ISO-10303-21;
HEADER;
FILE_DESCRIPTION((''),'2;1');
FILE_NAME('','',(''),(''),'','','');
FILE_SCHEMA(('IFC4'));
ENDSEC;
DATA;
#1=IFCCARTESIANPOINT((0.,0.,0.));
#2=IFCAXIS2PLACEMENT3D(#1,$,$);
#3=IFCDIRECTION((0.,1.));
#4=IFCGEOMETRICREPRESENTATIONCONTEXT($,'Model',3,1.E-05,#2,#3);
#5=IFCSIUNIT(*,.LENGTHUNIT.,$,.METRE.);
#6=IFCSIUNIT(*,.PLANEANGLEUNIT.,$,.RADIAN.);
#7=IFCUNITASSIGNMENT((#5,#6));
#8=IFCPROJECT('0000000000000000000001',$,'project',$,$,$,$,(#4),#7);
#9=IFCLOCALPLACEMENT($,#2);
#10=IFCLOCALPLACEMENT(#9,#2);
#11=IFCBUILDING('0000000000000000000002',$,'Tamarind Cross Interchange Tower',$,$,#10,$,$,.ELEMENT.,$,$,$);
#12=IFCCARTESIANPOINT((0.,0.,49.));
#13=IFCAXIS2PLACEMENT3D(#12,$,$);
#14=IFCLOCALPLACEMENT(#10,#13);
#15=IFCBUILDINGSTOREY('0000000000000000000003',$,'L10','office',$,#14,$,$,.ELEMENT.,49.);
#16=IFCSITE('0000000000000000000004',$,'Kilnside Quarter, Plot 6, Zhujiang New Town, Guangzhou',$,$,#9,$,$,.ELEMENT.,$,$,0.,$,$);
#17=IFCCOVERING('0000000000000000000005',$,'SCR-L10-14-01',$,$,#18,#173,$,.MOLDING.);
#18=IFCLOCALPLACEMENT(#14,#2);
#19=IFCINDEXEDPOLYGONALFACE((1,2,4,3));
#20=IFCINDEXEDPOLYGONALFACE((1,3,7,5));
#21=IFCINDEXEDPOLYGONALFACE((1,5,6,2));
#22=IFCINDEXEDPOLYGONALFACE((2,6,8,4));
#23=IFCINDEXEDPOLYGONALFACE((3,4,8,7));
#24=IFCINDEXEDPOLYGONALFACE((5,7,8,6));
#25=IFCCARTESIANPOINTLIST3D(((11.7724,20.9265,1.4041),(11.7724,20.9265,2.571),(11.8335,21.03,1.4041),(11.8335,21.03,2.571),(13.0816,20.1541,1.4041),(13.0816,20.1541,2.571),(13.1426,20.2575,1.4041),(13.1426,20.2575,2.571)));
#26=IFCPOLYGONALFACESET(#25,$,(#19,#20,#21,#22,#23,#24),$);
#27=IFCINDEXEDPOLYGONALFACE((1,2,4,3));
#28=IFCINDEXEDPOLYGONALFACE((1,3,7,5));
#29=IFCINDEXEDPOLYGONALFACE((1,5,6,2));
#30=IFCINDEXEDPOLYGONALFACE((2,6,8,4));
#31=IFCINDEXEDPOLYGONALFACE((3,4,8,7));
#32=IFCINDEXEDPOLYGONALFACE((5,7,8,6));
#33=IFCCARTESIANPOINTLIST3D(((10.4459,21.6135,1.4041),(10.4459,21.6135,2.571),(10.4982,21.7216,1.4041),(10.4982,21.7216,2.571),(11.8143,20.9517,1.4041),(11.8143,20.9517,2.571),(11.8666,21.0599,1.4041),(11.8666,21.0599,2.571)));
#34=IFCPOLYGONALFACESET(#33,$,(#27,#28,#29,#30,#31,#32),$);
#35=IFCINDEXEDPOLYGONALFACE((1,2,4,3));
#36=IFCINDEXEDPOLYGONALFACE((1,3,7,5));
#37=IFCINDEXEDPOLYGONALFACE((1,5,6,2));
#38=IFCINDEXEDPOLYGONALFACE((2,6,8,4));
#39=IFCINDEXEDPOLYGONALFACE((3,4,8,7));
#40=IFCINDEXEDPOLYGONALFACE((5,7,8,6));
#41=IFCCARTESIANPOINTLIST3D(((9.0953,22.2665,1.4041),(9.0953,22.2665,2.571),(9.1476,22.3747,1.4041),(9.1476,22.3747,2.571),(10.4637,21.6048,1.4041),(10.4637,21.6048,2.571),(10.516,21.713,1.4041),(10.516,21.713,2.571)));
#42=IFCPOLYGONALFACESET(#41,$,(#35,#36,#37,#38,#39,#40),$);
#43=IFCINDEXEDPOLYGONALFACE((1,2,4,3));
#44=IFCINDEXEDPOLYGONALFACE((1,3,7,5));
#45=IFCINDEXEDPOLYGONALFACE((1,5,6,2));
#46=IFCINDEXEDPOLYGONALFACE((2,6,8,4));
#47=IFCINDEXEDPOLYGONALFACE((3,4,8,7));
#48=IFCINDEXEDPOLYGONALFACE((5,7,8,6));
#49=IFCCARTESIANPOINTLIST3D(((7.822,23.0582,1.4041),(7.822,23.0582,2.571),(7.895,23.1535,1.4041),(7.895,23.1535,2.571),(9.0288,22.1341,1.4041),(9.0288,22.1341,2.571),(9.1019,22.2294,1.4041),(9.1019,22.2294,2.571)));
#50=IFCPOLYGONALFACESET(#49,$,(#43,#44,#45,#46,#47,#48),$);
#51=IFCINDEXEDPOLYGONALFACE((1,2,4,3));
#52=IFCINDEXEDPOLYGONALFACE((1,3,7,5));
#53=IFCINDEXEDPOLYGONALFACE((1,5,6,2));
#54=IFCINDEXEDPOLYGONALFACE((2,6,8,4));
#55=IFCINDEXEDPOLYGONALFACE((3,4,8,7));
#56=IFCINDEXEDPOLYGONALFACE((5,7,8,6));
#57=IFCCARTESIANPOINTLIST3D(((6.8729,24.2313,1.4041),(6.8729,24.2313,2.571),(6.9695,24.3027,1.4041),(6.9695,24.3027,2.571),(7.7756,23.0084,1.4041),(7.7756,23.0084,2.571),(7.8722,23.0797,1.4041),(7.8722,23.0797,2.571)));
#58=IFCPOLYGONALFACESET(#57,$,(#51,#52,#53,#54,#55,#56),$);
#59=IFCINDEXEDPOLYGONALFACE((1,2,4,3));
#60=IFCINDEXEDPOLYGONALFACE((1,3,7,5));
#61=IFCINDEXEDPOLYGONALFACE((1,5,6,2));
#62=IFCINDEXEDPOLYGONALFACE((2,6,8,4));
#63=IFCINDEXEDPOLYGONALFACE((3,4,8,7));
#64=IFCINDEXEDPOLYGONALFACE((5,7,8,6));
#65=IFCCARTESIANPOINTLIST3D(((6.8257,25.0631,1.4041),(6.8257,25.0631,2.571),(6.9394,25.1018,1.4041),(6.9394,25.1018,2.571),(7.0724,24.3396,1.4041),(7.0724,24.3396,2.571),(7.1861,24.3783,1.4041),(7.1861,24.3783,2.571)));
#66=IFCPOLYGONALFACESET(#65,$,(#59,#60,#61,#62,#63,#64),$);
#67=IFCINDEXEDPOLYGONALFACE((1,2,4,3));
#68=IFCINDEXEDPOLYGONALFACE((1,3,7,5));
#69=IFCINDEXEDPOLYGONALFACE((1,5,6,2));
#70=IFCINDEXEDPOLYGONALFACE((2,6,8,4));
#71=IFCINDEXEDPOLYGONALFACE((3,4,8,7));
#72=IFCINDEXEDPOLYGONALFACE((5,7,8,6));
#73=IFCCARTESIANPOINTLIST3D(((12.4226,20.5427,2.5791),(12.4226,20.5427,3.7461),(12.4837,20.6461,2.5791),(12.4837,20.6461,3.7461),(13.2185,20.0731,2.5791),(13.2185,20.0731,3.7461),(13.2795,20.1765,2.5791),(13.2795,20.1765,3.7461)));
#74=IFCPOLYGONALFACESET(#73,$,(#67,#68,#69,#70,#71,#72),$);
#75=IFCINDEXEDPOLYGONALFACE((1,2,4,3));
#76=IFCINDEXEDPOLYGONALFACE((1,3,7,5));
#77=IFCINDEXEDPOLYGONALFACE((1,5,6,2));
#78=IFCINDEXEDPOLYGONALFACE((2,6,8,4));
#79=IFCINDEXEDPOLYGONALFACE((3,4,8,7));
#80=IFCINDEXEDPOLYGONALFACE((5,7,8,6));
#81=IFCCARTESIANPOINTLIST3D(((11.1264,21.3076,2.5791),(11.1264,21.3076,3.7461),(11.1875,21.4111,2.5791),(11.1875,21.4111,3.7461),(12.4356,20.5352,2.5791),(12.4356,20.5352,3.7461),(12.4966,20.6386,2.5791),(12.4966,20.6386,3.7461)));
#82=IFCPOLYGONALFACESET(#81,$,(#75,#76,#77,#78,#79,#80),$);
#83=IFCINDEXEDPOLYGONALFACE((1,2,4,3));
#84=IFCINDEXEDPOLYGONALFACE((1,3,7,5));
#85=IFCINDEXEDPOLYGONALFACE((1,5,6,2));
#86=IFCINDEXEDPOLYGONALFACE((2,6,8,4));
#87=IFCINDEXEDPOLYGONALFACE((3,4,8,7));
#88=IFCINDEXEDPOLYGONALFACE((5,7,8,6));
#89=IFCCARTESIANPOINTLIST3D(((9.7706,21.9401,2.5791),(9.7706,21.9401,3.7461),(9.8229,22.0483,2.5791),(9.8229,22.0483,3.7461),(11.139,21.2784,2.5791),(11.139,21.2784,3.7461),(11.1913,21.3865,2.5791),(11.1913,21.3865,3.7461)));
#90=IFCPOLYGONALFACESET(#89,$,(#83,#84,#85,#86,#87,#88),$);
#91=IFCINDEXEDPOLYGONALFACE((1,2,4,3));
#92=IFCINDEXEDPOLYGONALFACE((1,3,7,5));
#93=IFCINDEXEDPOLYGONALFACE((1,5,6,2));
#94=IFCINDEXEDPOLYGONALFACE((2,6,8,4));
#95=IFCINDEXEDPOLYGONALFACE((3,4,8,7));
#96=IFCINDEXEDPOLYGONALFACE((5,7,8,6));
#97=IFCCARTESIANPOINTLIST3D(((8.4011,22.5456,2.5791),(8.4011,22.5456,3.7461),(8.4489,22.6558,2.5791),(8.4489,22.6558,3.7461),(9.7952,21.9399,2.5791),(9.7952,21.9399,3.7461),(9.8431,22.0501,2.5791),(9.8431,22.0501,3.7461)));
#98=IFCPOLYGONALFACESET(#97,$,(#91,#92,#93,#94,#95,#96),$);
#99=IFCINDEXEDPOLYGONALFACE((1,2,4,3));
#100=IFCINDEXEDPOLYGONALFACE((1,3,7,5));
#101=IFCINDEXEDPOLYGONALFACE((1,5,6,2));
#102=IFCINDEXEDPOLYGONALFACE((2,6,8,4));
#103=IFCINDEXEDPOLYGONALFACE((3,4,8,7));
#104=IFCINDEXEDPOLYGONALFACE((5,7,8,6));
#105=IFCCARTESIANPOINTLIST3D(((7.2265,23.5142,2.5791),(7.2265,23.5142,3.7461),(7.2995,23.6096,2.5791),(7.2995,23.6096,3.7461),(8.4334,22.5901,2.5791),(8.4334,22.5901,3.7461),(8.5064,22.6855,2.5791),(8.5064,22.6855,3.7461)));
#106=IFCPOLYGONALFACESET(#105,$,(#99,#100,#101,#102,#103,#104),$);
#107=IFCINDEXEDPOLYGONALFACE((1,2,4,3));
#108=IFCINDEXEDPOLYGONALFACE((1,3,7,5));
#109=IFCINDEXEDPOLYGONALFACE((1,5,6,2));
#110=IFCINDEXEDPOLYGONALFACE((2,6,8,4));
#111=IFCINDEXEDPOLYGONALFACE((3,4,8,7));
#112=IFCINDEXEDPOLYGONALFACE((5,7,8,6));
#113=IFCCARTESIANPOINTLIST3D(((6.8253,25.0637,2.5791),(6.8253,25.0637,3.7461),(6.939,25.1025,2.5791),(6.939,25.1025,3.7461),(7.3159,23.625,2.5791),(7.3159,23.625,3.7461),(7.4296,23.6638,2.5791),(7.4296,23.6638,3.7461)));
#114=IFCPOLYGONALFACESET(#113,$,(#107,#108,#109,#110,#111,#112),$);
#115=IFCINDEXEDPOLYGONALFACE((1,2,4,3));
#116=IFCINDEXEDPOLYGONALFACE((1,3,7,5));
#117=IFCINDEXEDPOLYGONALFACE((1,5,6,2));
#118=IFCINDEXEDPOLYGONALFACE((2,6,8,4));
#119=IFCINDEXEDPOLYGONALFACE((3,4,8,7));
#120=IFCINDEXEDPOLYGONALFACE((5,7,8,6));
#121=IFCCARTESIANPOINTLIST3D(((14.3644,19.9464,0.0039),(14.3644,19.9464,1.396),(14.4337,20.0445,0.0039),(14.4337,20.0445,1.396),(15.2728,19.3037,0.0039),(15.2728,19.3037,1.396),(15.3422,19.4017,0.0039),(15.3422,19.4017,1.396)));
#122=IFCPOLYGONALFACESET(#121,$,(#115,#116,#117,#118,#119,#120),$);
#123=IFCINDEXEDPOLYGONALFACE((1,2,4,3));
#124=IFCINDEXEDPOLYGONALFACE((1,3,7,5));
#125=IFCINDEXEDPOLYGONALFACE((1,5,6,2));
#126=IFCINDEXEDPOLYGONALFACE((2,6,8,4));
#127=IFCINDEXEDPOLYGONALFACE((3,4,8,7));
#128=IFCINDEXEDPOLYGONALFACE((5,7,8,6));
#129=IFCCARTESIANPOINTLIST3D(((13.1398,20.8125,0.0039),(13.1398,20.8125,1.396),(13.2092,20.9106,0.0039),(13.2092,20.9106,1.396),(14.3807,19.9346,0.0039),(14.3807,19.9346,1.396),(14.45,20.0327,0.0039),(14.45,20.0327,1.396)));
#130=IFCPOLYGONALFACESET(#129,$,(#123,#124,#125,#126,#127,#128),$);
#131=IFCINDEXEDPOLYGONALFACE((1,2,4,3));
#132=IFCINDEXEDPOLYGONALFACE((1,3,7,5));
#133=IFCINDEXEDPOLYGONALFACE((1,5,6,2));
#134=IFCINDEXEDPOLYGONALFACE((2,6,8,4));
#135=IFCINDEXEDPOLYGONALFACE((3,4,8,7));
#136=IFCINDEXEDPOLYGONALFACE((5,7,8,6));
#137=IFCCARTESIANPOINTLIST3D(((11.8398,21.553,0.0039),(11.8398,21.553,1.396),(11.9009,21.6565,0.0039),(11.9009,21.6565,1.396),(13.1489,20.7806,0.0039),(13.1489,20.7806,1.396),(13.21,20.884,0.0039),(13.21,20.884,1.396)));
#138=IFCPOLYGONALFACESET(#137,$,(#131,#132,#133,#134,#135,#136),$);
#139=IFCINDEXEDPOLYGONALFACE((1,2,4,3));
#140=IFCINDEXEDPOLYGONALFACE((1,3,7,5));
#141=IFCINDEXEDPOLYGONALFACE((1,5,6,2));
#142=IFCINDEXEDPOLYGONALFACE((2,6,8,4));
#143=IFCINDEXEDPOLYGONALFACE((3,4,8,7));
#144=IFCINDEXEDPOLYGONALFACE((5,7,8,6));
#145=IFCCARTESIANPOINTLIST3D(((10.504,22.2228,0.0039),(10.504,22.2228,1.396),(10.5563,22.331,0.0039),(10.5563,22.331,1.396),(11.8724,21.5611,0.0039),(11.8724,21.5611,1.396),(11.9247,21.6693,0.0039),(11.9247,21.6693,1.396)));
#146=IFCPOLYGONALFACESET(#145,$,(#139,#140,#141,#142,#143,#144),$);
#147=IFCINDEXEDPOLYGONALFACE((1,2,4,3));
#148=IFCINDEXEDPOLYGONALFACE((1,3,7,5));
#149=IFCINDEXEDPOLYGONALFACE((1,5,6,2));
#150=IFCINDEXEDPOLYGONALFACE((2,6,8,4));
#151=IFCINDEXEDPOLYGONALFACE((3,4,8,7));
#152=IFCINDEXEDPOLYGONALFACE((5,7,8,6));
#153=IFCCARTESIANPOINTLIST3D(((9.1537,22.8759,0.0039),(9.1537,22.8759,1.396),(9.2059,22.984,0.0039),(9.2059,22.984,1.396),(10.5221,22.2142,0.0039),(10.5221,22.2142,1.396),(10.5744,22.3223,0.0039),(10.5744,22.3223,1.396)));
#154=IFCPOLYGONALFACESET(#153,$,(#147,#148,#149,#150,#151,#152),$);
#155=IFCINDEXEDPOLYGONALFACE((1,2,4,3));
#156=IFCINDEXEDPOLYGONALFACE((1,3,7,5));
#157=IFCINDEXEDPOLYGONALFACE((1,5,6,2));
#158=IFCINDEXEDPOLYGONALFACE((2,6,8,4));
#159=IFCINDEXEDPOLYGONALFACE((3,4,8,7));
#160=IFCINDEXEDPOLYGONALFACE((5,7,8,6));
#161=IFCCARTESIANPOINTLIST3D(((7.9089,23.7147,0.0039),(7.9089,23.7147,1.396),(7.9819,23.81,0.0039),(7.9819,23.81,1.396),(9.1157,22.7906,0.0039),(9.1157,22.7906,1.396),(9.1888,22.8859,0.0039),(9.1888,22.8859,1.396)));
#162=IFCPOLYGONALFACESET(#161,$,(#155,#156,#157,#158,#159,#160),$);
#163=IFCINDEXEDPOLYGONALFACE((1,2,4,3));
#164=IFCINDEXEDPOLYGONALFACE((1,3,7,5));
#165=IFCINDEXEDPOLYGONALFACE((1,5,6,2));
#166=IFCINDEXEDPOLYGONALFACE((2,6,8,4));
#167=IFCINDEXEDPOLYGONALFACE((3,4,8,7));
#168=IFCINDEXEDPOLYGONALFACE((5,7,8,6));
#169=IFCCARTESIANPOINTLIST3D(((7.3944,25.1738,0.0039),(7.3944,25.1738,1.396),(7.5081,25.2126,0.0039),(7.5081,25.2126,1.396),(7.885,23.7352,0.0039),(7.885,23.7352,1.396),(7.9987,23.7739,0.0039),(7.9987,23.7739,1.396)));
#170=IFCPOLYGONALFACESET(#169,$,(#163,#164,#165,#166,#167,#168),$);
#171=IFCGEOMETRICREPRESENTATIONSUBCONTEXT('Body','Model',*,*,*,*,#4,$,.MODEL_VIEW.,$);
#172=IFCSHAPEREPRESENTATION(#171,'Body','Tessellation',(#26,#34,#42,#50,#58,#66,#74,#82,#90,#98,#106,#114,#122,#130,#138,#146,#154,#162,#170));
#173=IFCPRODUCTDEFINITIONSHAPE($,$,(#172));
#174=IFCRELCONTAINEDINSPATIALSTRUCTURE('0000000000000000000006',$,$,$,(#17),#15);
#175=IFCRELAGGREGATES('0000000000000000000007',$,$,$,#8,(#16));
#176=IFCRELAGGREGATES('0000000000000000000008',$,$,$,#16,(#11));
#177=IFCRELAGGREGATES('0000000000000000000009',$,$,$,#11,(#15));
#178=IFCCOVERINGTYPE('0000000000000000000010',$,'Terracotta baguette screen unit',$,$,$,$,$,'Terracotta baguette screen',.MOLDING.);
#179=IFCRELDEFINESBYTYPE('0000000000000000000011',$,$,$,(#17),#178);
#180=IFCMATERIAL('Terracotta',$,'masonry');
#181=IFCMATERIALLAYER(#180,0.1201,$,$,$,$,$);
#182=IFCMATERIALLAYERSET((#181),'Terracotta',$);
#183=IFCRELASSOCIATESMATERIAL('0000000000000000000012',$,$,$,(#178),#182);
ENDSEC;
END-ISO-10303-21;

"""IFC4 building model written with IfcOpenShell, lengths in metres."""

from ifc_helpers import new_model, si_unit, direction, frame, origin, origin_2d, place, context, subcontext, project, spatial, rectangle, extrude, material, layer, layer_set, type_object, element, save


model = new_model("IFC4")

# Units and contexts
model_context = context("Model", 3, precision=1e-05, world=origin(), true_north=direction((0.0, 1.0)))
body_context = subcontext(model_context, "Body", "Model", "MODEL_VIEW")
ifc_project = project(units=[si_unit("LENGTHUNIT", "METRE"), si_unit("PLANEANGLEUNIT", "RADIAN")], contexts=[model_context])

# Site, building, storey
site_placement = place(None, origin())
site = spatial("IfcSite", under=ifc_project, at=site_placement, Name="Kilnside Quarter, Plot 6, Zhujiang New Town, Guangzhou", CompositionType="ELEMENT", RefElevation=0.0)
building_placement = place(site_placement, origin())
building = spatial("IfcBuilding", under=site, at=building_placement, Name="Tamarind Cross Interchange Tower", CompositionType="ELEMENT")
storey_placement = place(building_placement, frame((0.0, 0.0, 49.0)))
storey = spatial("IfcBuildingStorey", under=building, at=storey_placement, Name="L10", Description="office", CompositionType="ELEMENT", Elevation=49.0)

# Covering
ifc_material_1 = material(Name="Terracotta", Category="masonry")
ifc_layer_1 = layer(ifc_material_1, 0.1201)
ifc_layer_set_1 = layer_set([ifc_layer_1], Name="Terracotta")
covering_type = type_object("IfcCoveringType", Name="Terracotta baguette screen unit", ElementType="Terracotta baguette screen", PredefinedType="MOLDING", material=ifc_layer_set_1)
covering_1_placement = place(storey_placement, origin())
element("IfcCovering", 1, at=covering_1_placement, inside=storey, type_object=covering_type, Name="SCR-L10-14-01", PredefinedType="MOLDING", context=body_context, shape_type="SweptSolid", body=[
    extrude(rectangle(XDim=1.52, YDim=0.1201, at=origin_2d()), frame((12.4575, 20.592, 1.4041), z_axis=(0.0, 0.0, 1.0), x_axis=(-0.861249, 0.508183, 0.0)), (0.0, 0.0, 1.0), 1.167),
    extrude(rectangle(XDim=1.52, YDim=0.1201, at=origin_2d()), frame((11.1562, 21.3367, 1.4041), z_axis=(0.0, 0.0, 1.0), x_axis=(-0.900273, 0.435326, 0.0)), (0.0, 0.0, 1.0), 1.167),
    extrude(rectangle(XDim=1.52, YDim=0.1201, at=origin_2d()), frame((9.8057, 21.9897, 1.4041), z_axis=(0.0, 0.0, 1.0), x_axis=(-0.900273, 0.435326, 0.0)), (0.0, 0.0, 1.0), 1.167),
    extrude(rectangle(XDim=1.52, YDim=0.1201, at=origin_2d()), frame((8.4619, 22.6438, 1.4041), z_axis=(0.0, 0.0, 1.0), x_axis=(-0.793969, 0.607959, 0.0)), (0.0, 0.0, 1.0), 1.167),
    extrude(rectangle(XDim=1.52, YDim=0.1201, at=origin_2d()), frame((7.3726, 23.6555, 1.4041), z_axis=(0.0, 0.0, 1.0), x_axis=(-0.593864, 0.804565, 0.0)), (0.0, 0.0, 1.0), 1.167),
    extrude(rectangle(XDim=0.7644, YDim=0.1201, at=origin_2d()), frame((7.0059, 24.7207, 1.4041), z_axis=(0.0, 0.0, 1.0), x_axis=(-0.322738, 0.946488, 0.0)), (0.0, 0.0, 1.0), 1.167),
    extrude(rectangle(XDim=0.9241, YDim=0.1201, at=origin_2d()), frame((12.8511, 20.3596, 2.5791), z_axis=(0.0, 0.0, 1.0), x_axis=(-0.861249, 0.508183, 0.0)), (0.0, 0.0, 1.0), 1.167),
    extrude(rectangle(XDim=1.52, YDim=0.1201, at=origin_2d()), frame((11.8115, 20.9731, 2.5791), z_axis=(0.0, 0.0, 1.0), x_axis=(-0.861249, 0.508183, 0.0)), (0.0, 0.0, 1.0), 1.167),
    extrude(rectangle(XDim=1.52, YDim=0.1201, at=origin_2d()), frame((10.481, 21.6633, 2.5791), z_axis=(0.0, 0.0, 1.0), x_axis=(-0.900273, 0.435326, 0.0)), (0.0, 0.0, 1.0), 1.167),
    extrude(rectangle(XDim=1.52, YDim=0.1201, at=origin_2d()), frame((9.1221, 22.2979, 2.5791), z_axis=(0.0, 0.0, 1.0), x_axis=(-0.917176, 0.398482, 0.0)), (0.0, 0.0, 1.0), 1.167),
    extrude(rectangle(XDim=1.52, YDim=0.1201, at=origin_2d()), frame((7.8665, 23.0999, 2.5791), z_axis=(0.0, 0.0, 1.0), x_axis=(-0.793969, 0.607959, 0.0)), (0.0, 0.0, 1.0), 1.167),
    extrude(rectangle(XDim=1.52, YDim=0.1201, at=origin_2d()), frame((7.1274, 24.3638, 2.5791), z_axis=(0.0, 0.0, 1.0), x_axis=(-0.322738, 0.946488, 0.0)), (0.0, 0.0, 1.0), 1.167),
    extrude(rectangle(XDim=1.1128, YDim=0.1201, at=origin_2d()), frame((14.8533, 19.6741, 0.0039), z_axis=(0.0, 0.0, 1.0), x_axis=(-0.816342, 0.577569, 0.0)), (0.0, 0.0, 1.0), 1.3921),
    extrude(rectangle(XDim=1.52, YDim=0.1201, at=origin_2d()), frame((13.7949, 20.4226, 0.0039), z_axis=(0.0, 0.0, 1.0), x_axis=(-0.816342, 0.577569, 0.0)), (0.0, 0.0, 1.0), 1.3921),
    extrude(rectangle(XDim=1.52, YDim=0.1201, at=origin_2d()), frame((12.5249, 21.2185, 0.0039), z_axis=(0.0, 0.0, 1.0), x_axis=(-0.861249, 0.508183, 0.0)), (0.0, 0.0, 1.0), 1.3921),
    extrude(rectangle(XDim=1.52, YDim=0.1201, at=origin_2d()), frame((11.2144, 21.946, 0.0039), z_axis=(0.0, 0.0, 1.0), x_axis=(-0.900273, 0.435326, 0.0)), (0.0, 0.0, 1.0), 1.3921),
    extrude(rectangle(XDim=1.52, YDim=0.1201, at=origin_2d()), frame((9.864, 22.5991, 0.0039), z_axis=(0.0, 0.0, 1.0), x_axis=(-0.900273, 0.435326, 0.0)), (0.0, 0.0, 1.0), 1.3921),
    extrude(rectangle(XDim=1.52, YDim=0.1201, at=origin_2d()), frame((8.5488, 23.3003, 0.0039), z_axis=(0.0, 0.0, 1.0), x_axis=(-0.793969, 0.607959, 0.0)), (0.0, 0.0, 1.0), 1.3921),
    extrude(rectangle(XDim=1.52, YDim=0.1201, at=origin_2d()), frame((7.6965, 24.4739, 0.0039), z_axis=(0.0, 0.0, 1.0), x_axis=(-0.322738, 0.946488, 0.0)), (0.0, 0.0, 1.0), 1.3921),
])

save(model, "model.ifc")
